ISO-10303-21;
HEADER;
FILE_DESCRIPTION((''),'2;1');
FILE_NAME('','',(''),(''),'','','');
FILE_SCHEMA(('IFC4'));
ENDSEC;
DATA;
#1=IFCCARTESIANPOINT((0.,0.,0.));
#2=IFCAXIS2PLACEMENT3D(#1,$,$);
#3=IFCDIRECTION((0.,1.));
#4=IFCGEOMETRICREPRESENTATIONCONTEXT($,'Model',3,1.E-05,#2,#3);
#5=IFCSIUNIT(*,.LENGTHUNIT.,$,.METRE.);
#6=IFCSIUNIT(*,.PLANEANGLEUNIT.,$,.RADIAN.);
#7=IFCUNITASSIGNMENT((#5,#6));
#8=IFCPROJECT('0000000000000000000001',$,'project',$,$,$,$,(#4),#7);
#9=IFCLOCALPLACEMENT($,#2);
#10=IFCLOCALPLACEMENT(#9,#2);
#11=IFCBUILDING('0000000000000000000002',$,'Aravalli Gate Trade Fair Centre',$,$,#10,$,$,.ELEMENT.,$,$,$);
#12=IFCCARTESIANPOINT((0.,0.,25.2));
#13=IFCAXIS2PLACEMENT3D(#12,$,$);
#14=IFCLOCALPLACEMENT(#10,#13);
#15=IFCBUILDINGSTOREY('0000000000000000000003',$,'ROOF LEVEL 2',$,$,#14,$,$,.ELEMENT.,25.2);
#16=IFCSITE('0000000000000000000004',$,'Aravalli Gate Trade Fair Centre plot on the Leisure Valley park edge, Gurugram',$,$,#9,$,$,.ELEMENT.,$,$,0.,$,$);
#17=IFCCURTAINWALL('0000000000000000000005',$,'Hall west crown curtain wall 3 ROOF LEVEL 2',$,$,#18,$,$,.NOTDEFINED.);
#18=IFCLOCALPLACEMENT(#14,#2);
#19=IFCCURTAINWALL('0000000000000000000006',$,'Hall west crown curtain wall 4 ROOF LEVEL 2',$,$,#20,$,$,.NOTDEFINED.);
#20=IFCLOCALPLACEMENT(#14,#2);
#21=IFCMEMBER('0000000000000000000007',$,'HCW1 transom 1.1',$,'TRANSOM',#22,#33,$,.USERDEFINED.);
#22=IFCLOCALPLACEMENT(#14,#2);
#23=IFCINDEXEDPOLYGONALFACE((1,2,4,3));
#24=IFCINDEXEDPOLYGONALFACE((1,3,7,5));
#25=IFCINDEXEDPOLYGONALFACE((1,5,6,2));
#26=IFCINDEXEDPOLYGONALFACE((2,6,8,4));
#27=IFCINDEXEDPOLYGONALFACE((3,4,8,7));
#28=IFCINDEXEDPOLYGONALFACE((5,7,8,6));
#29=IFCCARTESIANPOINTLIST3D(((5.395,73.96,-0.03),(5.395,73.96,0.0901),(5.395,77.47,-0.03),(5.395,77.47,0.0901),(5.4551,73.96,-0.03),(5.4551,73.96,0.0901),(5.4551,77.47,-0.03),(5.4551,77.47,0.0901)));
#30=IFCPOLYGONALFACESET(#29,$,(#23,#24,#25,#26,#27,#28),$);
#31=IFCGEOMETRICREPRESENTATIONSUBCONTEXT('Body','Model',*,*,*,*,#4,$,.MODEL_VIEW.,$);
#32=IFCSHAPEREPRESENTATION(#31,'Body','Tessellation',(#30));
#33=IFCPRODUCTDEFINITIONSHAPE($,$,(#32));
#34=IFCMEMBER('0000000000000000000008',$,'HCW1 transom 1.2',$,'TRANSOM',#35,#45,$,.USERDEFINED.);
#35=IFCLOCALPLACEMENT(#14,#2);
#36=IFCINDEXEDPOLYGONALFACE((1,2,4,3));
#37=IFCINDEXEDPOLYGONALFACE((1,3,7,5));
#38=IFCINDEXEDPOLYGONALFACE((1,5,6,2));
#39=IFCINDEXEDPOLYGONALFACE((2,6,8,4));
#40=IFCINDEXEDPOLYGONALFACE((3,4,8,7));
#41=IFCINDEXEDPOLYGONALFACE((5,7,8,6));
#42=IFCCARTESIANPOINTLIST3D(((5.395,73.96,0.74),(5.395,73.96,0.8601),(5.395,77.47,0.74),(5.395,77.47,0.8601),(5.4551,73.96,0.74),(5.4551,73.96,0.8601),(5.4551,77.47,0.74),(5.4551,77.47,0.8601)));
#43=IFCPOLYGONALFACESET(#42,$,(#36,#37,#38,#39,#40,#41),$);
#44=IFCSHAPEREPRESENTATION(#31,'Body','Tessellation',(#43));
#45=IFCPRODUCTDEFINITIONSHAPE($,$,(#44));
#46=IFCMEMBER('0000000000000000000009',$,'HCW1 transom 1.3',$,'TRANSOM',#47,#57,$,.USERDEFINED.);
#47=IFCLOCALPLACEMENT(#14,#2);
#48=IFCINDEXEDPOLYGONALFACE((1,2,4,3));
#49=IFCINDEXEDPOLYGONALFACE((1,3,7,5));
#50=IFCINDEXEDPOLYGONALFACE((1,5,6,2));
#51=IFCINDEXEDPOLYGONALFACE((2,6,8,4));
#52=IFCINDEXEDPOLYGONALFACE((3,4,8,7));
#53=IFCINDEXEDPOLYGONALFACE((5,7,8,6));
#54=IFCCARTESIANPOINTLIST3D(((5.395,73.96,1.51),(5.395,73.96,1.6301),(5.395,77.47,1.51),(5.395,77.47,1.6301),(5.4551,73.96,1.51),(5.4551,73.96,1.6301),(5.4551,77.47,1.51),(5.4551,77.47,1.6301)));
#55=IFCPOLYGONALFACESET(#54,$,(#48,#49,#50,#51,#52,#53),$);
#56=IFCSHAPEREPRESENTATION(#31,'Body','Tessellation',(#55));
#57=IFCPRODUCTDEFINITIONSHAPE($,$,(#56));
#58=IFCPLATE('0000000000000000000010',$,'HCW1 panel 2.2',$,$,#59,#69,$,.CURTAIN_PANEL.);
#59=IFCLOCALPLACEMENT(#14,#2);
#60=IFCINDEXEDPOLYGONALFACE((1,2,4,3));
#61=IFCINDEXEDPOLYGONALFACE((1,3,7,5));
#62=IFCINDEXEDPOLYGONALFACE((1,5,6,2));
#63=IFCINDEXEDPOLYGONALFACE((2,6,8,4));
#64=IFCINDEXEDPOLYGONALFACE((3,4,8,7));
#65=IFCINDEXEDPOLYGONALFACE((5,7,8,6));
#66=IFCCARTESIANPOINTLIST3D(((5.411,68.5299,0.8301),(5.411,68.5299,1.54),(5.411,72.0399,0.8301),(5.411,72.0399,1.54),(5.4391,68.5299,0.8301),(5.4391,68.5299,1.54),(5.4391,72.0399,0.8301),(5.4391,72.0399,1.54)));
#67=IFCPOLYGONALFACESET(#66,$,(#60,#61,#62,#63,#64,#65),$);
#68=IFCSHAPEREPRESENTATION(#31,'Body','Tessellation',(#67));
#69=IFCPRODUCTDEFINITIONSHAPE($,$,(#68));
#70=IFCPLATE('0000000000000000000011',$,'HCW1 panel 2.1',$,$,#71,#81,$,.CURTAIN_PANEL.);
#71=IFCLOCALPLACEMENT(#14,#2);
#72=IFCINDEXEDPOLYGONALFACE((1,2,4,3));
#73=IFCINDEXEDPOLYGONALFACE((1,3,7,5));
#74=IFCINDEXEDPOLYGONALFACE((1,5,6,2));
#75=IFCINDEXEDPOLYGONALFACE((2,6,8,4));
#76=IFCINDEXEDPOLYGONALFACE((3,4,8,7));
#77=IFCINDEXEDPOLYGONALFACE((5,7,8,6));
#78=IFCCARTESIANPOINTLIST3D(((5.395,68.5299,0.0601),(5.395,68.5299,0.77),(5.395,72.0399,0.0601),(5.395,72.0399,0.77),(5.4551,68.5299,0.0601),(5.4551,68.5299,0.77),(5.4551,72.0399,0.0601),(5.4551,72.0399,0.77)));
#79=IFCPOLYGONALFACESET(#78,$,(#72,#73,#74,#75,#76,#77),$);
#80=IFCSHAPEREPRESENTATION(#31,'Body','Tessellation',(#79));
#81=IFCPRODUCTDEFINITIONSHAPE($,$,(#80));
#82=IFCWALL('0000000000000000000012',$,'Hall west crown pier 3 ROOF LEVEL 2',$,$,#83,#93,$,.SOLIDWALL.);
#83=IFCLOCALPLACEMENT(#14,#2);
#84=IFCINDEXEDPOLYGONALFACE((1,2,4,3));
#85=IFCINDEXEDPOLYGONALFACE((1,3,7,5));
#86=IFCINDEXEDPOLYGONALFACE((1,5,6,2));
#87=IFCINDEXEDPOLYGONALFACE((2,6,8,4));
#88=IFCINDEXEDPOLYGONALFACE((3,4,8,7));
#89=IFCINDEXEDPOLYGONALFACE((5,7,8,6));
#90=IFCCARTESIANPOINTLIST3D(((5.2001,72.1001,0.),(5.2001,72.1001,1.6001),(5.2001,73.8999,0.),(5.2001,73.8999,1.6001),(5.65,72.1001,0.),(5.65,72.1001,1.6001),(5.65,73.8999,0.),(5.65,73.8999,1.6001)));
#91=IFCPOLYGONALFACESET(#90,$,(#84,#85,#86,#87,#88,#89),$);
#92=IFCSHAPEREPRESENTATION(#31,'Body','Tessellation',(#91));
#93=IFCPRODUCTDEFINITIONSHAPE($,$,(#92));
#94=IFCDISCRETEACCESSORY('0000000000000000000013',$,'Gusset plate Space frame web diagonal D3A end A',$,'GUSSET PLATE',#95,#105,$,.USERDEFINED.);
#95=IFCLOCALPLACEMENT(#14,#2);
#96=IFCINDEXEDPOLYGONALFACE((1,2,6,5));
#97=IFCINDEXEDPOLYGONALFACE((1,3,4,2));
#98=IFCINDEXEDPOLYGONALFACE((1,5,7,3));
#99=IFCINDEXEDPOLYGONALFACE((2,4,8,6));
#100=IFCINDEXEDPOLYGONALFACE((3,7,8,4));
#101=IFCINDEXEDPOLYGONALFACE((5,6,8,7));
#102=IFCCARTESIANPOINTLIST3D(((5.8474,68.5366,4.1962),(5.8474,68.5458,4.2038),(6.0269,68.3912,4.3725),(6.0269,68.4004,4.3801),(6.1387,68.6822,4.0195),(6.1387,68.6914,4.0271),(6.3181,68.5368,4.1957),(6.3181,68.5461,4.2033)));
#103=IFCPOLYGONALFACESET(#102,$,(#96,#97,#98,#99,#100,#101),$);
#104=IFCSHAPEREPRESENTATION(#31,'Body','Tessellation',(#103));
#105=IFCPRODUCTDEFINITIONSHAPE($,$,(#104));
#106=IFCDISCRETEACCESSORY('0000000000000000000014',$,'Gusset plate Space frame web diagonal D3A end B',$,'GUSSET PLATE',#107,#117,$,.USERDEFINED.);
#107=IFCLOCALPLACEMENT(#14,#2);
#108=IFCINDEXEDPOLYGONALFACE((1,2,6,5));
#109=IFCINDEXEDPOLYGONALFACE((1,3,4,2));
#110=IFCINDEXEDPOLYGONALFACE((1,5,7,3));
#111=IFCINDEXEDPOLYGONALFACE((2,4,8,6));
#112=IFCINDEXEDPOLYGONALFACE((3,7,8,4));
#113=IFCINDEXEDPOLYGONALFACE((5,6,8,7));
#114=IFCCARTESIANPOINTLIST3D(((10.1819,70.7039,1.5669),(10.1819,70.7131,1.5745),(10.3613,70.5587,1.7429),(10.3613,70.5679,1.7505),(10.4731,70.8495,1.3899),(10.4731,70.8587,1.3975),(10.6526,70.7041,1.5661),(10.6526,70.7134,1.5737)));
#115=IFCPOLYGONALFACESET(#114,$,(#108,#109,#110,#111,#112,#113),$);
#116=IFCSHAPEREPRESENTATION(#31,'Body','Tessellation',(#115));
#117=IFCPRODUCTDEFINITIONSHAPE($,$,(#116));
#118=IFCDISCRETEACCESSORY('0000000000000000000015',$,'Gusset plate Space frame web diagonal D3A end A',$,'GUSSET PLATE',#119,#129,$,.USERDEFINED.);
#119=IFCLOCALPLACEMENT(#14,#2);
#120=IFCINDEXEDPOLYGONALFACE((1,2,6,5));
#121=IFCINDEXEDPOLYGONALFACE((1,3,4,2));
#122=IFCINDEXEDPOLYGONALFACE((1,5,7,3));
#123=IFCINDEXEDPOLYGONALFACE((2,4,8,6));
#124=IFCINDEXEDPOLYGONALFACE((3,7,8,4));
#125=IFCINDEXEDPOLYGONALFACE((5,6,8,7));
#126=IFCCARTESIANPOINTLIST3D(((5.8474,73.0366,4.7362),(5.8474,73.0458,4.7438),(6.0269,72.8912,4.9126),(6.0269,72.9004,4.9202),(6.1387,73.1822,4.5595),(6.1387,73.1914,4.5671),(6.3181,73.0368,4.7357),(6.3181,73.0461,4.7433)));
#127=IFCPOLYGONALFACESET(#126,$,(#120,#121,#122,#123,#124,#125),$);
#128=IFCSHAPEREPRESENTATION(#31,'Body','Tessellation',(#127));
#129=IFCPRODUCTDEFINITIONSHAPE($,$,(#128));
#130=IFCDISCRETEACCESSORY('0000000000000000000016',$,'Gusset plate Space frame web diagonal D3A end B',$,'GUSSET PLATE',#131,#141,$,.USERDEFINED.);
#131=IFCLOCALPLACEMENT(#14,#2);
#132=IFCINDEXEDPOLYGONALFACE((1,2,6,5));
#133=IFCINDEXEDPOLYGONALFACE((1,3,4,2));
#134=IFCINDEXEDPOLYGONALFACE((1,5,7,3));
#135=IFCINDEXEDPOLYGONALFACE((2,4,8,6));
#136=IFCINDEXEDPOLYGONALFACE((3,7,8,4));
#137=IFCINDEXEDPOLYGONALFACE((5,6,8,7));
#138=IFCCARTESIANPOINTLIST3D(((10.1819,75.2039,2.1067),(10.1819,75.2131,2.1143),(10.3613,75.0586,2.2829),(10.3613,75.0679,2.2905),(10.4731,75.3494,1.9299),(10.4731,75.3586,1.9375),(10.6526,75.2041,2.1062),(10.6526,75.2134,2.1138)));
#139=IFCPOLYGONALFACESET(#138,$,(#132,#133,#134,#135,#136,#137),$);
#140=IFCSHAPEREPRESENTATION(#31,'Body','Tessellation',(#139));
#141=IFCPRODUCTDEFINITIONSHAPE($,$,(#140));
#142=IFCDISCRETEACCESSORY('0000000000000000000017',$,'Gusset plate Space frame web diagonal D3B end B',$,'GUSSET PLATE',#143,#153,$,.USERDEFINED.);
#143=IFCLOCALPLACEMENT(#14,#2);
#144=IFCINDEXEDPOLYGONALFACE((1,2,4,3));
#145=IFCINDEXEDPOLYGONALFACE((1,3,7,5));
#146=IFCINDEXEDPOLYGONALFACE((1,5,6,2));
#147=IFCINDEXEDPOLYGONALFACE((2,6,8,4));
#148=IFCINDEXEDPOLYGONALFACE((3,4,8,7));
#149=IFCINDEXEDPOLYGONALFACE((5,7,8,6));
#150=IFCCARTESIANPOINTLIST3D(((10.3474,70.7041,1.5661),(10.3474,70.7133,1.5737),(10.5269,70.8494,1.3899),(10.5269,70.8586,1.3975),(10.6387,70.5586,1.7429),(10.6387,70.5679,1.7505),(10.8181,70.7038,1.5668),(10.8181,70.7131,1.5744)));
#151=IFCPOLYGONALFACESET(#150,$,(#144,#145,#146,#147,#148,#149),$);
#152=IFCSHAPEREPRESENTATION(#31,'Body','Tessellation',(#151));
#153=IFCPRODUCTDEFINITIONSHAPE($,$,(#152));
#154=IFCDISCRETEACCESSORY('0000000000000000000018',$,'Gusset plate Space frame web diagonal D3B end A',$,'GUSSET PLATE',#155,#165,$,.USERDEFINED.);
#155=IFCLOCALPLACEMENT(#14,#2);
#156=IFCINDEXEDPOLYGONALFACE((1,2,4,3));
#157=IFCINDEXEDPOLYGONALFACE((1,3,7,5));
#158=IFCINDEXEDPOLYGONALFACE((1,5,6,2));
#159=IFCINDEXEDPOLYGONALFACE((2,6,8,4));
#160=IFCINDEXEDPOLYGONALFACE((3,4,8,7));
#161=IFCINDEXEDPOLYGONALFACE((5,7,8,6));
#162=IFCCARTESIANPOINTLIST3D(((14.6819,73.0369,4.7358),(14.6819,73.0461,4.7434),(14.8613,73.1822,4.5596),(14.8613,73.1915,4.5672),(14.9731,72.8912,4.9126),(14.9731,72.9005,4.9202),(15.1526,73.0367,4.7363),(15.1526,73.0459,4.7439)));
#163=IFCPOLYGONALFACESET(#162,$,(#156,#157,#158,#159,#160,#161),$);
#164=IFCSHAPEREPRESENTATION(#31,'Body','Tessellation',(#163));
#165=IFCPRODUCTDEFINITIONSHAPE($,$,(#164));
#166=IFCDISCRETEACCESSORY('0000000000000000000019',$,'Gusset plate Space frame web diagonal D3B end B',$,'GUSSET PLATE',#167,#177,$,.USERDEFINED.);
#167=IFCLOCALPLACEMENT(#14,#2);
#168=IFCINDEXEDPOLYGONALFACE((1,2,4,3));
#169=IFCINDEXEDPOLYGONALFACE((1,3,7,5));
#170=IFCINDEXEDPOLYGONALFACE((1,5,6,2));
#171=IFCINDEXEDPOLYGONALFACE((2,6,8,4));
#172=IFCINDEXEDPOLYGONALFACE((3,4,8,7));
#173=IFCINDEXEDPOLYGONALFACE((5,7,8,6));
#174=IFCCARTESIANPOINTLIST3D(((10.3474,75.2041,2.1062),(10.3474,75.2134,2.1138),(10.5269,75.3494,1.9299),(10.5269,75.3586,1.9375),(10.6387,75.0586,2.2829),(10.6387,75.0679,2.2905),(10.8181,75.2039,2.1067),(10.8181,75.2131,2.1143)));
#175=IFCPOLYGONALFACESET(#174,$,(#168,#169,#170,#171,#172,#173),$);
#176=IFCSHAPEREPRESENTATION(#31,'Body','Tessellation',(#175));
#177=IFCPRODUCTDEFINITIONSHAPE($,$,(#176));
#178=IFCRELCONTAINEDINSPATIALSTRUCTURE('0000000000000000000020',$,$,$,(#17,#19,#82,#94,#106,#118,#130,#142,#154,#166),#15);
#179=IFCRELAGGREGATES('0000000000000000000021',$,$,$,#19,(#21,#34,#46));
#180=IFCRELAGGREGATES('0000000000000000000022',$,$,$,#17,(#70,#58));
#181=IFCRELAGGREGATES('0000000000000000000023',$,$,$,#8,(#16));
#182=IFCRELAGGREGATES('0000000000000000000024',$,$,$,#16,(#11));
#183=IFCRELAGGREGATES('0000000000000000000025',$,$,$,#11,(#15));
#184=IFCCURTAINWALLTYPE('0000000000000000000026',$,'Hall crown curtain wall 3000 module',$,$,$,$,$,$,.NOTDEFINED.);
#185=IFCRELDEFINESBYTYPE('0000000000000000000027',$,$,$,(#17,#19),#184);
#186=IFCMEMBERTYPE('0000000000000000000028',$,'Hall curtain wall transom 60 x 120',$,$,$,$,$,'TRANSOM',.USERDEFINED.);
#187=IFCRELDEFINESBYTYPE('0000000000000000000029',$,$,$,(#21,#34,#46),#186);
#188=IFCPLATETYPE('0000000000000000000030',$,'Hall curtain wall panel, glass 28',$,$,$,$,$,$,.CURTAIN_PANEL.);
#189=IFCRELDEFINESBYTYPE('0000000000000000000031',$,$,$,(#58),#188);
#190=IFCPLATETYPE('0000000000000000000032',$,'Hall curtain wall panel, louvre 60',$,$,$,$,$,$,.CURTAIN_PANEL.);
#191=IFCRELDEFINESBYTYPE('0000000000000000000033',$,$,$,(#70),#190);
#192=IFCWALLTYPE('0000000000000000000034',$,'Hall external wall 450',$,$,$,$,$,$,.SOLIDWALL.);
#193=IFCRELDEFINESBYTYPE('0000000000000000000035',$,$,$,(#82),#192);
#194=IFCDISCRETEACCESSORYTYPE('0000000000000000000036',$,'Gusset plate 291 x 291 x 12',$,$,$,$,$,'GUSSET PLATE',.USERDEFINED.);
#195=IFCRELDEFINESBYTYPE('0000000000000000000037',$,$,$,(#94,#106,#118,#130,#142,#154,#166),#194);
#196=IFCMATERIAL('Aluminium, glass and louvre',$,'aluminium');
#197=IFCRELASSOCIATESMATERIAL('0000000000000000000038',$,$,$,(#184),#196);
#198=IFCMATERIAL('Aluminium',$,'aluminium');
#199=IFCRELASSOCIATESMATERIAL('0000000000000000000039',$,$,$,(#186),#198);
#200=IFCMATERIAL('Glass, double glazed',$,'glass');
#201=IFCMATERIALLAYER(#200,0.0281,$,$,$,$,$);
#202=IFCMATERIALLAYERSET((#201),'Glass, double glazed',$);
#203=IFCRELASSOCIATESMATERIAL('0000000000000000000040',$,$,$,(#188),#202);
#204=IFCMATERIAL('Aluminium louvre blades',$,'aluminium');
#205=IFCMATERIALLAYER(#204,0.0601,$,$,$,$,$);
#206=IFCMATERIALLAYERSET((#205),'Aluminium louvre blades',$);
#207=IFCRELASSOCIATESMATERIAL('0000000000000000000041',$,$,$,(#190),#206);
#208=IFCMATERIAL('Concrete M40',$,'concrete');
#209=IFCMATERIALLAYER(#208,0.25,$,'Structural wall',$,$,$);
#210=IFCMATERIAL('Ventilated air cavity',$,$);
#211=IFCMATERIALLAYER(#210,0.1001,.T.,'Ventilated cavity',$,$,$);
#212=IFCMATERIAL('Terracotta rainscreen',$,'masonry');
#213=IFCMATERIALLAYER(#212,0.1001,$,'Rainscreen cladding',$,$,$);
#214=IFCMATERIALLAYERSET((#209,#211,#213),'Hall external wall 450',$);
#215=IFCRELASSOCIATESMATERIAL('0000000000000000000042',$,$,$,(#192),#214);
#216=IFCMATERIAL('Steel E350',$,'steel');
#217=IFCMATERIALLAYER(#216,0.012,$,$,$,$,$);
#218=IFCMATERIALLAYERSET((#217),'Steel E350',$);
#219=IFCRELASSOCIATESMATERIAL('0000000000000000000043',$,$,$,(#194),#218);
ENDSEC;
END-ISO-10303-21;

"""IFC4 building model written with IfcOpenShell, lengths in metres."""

from ifc_helpers import new_model, si_unit, direction, frame, frame_2d, origin, origin_2d, place, context, subcontext, project, spatial, polyline, rectangle, outline, extrude, material, layer, layer_set, material_profile, profile_set, type_object, element, aggregate, save


model = new_model("IFC4")

# Units and contexts
model_context = context("Model", 3, precision=1e-05, world=origin(), true_north=direction((0.0, 1.0)))
body_context = subcontext(model_context, "Body", "Model", "MODEL_VIEW")
ifc_project = project(units=[si_unit("LENGTHUNIT", "METRE"), si_unit("PLANEANGLEUNIT", "RADIAN")], contexts=[model_context])

# Site, building, storey
site_placement = place(None, origin())
site = spatial("IfcSite", under=ifc_project, at=site_placement, Name="Aravalli Gate Trade Fair Centre plot on the Leisure Valley park edge, Gurugram", CompositionType="ELEMENT", RefElevation=0.0)
building_placement = place(site_placement, origin())
building = spatial("IfcBuilding", under=site, at=building_placement, Name="Aravalli Gate Trade Fair Centre", CompositionType="ELEMENT")
storey_placement = place(building_placement, frame((0.0, 0.0, 25.2)))
storey = spatial("IfcBuildingStorey", under=building, at=storey_placement, Name="ROOF LEVEL 2", CompositionType="ELEMENT", Elevation=25.2)

# Shared definitions
ifc_material_1 = material(Name="Steel E350", Category="steel")

# Curtain wall
ifc_material_2 = material(Name="Aluminium, glass and louvre", Category="aluminium")
curtain_wall_type = type_object("IfcCurtainWallType", Name="Hall crown curtain wall 3000 module", PredefinedType="NOTDEFINED", material=ifc_material_2)
curtain_wall_1_placement = place(storey_placement, origin())
curtain_wall_1 = element("IfcCurtainWall", 1, at=curtain_wall_1_placement, inside=storey, type_object=curtain_wall_type, Name="Hall west crown curtain wall 3 ROOF LEVEL 2", PredefinedType="NOTDEFINED")
ifc_material_3 = material(Name="Aluminium", Category="aluminium")

# Curtain wall, members
curtain_wall_2_placement = place(storey_placement, origin())
curtain_wall_2 = element("IfcCurtainWall", 2, at=curtain_wall_2_placement, inside=storey, type_object=curtain_wall_type, Name="Hall west crown curtain wall 4 ROOF LEVEL 2", PredefinedType="NOTDEFINED")
ifc_material_profile_1 = material_profile(ifc_material_3, rectangle(XDim=0.0601, YDim=0.1201, at=origin_2d()), Name="Hall curtain wall transom 60 x 120")
ifc_profile_set_1 = profile_set([ifc_material_profile_1], Name="Aluminium")
member_type_1 = type_object("IfcMemberType", Name="Hall curtain wall transom 60 x 120", ElementType="TRANSOM", PredefinedType="USERDEFINED", material=ifc_profile_set_1)
member_1_placement = place(storey_placement, frame((5.425, 73.96, 0.03), z_axis=(0.0, 1.0, 0.0), x_axis=(-1.0, 0.0, 0.0)))
member_1 = element("IfcMember", 3, at=member_1_placement, type_object=member_type_1, Name="HCW1 transom 1.1", ObjectType="TRANSOM", PredefinedType="USERDEFINED", context=body_context, shape_type="SweptSolid", body=[
    extrude(rectangle(XDim=0.0601, YDim=0.1201, at=origin_2d()), origin(), (0.0, 0.0, 1.0), 3.51),
])
member_2_placement = place(storey_placement, frame((5.425, 73.96, 0.8), z_axis=(0.0, 1.0, 0.0), x_axis=(-1.0, 0.0, 0.0)))
member_2 = element("IfcMember", 4, at=member_2_placement, type_object=member_type_1, Name="HCW1 transom 1.2", ObjectType="TRANSOM", PredefinedType="USERDEFINED", context=body_context, shape_type="SweptSolid", body=[
    extrude(rectangle(XDim=0.0601, YDim=0.1201, at=origin_2d()), origin(), (0.0, 0.0, 1.0), 3.51),
])
member_3_placement = place(storey_placement, frame((5.425, 73.96, 1.5701), z_axis=(0.0, 1.0, 0.0), x_axis=(-1.0, 0.0, 0.0)))
member_3 = element("IfcMember", 5, at=member_3_placement, type_object=member_type_1, Name="HCW1 transom 1.3", ObjectType="TRANSOM", PredefinedType="USERDEFINED", context=body_context, shape_type="SweptSolid", body=[
    extrude(rectangle(XDim=0.0601, YDim=0.1201, at=origin_2d()), origin(), (0.0, 0.0, 1.0), 3.51),
])
aggregate(curtain_wall_2, [member_1, member_2, member_3])

# Plates
ifc_material_4 = material(Name="Glass, double glazed", Category="glass")
ifc_layer_1 = layer(ifc_material_4, 0.0281)
ifc_layer_set_1 = layer_set([ifc_layer_1], Name="Glass, double glazed")
plate_type_1 = type_object("IfcPlateType", Name="Hall curtain wall panel, glass 28", PredefinedType="CURTAIN_PANEL", material=ifc_layer_set_1)
plate_1_placement = place(storey_placement, frame((5.425, 70.2849, 0.8301), z_axis=(0.0, 0.0, 1.0), x_axis=(0.0, 1.0, 0.0)))
plate_1 = element("IfcPlate", 6, at=plate_1_placement, type_object=plate_type_1, Name="HCW1 panel 2.2", PredefinedType="CURTAIN_PANEL", context=body_context, shape_type="SweptSolid", body=[
    extrude(rectangle(XDim=3.51, YDim=0.0281, at=origin_2d()), origin(), (0.0, 0.0, 1.0), 0.71),
])
ifc_material_5 = material(Name="Aluminium louvre blades", Category="aluminium")
ifc_layer_2 = layer(ifc_material_5, 0.0601)
ifc_layer_set_2 = layer_set([ifc_layer_2], Name="Aluminium louvre blades")
plate_type_2 = type_object("IfcPlateType", Name="Hall curtain wall panel, louvre 60", PredefinedType="CURTAIN_PANEL", material=ifc_layer_set_2)
plate_2_placement = place(storey_placement, frame((5.425, 70.2849, 0.0601), z_axis=(0.0, 0.0, 1.0), x_axis=(0.0, 1.0, 0.0)))
plate_2 = element("IfcPlate", 7, at=plate_2_placement, type_object=plate_type_2, Name="HCW1 panel 2.1", PredefinedType="CURTAIN_PANEL", context=body_context, shape_type="SweptSolid", body=[
    extrude(rectangle(XDim=3.51, YDim=0.0601, at=origin_2d()), origin(), (0.0, 0.0, 1.0), 0.71),
])
aggregate(curtain_wall_1, [plate_2, plate_1])

# Wall
ifc_material_6 = material(Name="Concrete M40", Category="concrete")
ifc_layer_3 = layer(ifc_material_6, 0.25, Name="Structural wall")
ifc_material_7 = material(Name="Ventilated air cavity")
ifc_layer_4 = layer(ifc_material_7, 0.1001, ventilated=True, Name="Ventilated cavity")
ifc_material_8 = material(Name="Terracotta rainscreen", Category="masonry")
ifc_layer_5 = layer(ifc_material_8, 0.1001, Name="Rainscreen cladding")
ifc_layer_set_3 = layer_set([ifc_layer_3, ifc_layer_4, ifc_layer_5], Name="Hall external wall 450")
wall_type = type_object("IfcWallType", Name="Hall external wall 450", PredefinedType="SOLIDWALL", material=ifc_layer_set_3)
wall_placement = place(storey_placement, frame((5.425, 72.1001, 0.0), z_axis=(0.0, 0.0, 1.0), x_axis=(0.0, 1.0, 0.0)))
element("IfcWall", 8, at=wall_placement, inside=storey, type_object=wall_type, Name="Hall west crown pier 3 ROOF LEVEL 2", PredefinedType="SOLIDWALL", context=body_context, shape_type="SweptSolid", body=[
    extrude(rectangle(XDim=1.7998, YDim=0.45, at=frame_2d((0.8999, 0.0))), origin(), (0.0, 0.0, 1.0), 1.6001),
])

# Discrete accessories
ifc_layer_6 = layer(ifc_material_1, 0.012)
ifc_layer_set_4 = layer_set([ifc_layer_6], Name="Steel E350")
discrete_accessory_type = type_object("IfcDiscreteAccessoryType", Name="Gusset plate 291 x 291 x 12", ElementType="GUSSET PLATE", PredefinedType="USERDEFINED", material=ifc_layer_set_4)
discrete_accessory_1_placement = place(storey_placement, frame((6.1387, 68.6914, 4.0271), z_axis=(0.00026, 0.771582, 0.63613), x_axis=(-0.78619, -0.392962, 0.476956)))
element("IfcDiscreteAccessory", 9, at=discrete_accessory_1_placement, inside=storey, type_object=discrete_accessory_type, Name="Gusset plate Space frame web diagonal D3A end A", ObjectType="GUSSET PLATE", PredefinedType="USERDEFINED", context=body_context, shape_type="SweptSolid", body=[
    extrude(outline(polyline([(0.0, 0.0), (0.3705, 0.0), (0.3706, 0.2906), (0.0001, 0.2905), (0.0, 0.0)])), origin(), (0.0, 0.0, -1.0), 0.012),
])
discrete_accessory_2_placement = place(storey_placement, frame((10.1819, 70.7131, 1.5745), z_axis=(0.000589, 0.771792, 0.635874), x_axis=(0.785943, 0.392803, -0.477493)))
element("IfcDiscreteAccessory", 10, at=discrete_accessory_2_placement, inside=storey, type_object=discrete_accessory_type, Name="Gusset plate Space frame web diagonal D3A end B", ObjectType="GUSSET PLATE", PredefinedType="USERDEFINED", context=body_context, shape_type="SweptSolid", body=[
    extrude(outline(polyline([(0.0, 0.0), (0.3706, 0.0), (0.3704, -0.2905), (-0.0001, -0.2903), (0.0, 0.0)])), origin(), (0.0, 0.0, -1.0), 0.012),
])
discrete_accessory_3_placement = place(storey_placement, frame((6.1387, 73.1914, 4.5671), z_axis=(0.00026, 0.771582, 0.63613), x_axis=(-0.78619, -0.392962, 0.476956)))
element("IfcDiscreteAccessory", 11, at=discrete_accessory_3_placement, inside=storey, type_object=discrete_accessory_type, Name="Gusset plate Space frame web diagonal D3A end A", ObjectType="GUSSET PLATE", PredefinedType="USERDEFINED", context=body_context, shape_type="SweptSolid", body=[
    extrude(outline(polyline([(0.0, 0.0), (0.3705, 0.0), (0.3706, 0.2906), (0.0001, 0.2905), (0.0, 0.0)])), origin(), (0.0, 0.0, -1.0), 0.012),
])
discrete_accessory_4_placement = place(storey_placement, frame((10.1819, 75.2131, 2.1143), z_axis=(0.000259, 0.771844, 0.635812), x_axis=(0.78619, 0.392765, -0.477118)))
element("IfcDiscreteAccessory", 12, at=discrete_accessory_4_placement, inside=storey, type_object=discrete_accessory_type, Name="Gusset plate Space frame web diagonal D3A end B", ObjectType="GUSSET PLATE", PredefinedType="USERDEFINED", context=body_context, shape_type="SweptSolid", body=[
    extrude(outline(polyline([(0.0, 0.0), (0.3705, 0.0), (0.3704, -0.2905), (-0.0001, -0.2905), (0.0, 0.0)])), origin(), (0.0, 0.0, -1.0), 0.012),
])
discrete_accessory_5_placement = place(storey_placement, frame((10.6387, 70.5679, 1.7505), z_axis=(-0.000589, 0.771792, 0.635874), x_axis=(-0.78619, 0.392604, -0.477251)))
element("IfcDiscreteAccessory", 13, at=discrete_accessory_5_placement, inside=storey, type_object=discrete_accessory_type, Name="Gusset plate Space frame web diagonal D3B end B", ObjectType="GUSSET PLATE", PredefinedType="USERDEFINED", context=body_context, shape_type="SweptSolid", body=[
    extrude(outline(polyline([(0.0, 0.0), (0.3705, 0.0), (0.3705, -0.2905), (0.0, -0.2903), (0.0, 0.0)])), origin(), (0.0, 0.0, -1.0), 0.012),
])
discrete_accessory_6_placement = place(storey_placement, frame((14.6819, 73.0461, 4.7434), z_axis=(-0.00026, 0.771582, 0.63613), x_axis=(0.785986, -0.393126, 0.477156)))
element("IfcDiscreteAccessory", 14, at=discrete_accessory_6_placement, inside=storey, type_object=discrete_accessory_type, Name="Gusset plate Space frame web diagonal D3B end A", ObjectType="GUSSET PLATE", PredefinedType="USERDEFINED", context=body_context, shape_type="SweptSolid", body=[
    extrude(outline(polyline([(0.0, 0.0), (0.3706, 0.0), (0.3703, 0.2906), (-0.0002, 0.2905), (0.0, 0.0)])), origin(), (0.0, 0.0, -1.0), 0.012),
])
discrete_accessory_7_placement = place(storey_placement, frame((10.6387, 75.0679, 2.2905), z_axis=(-0.000259, 0.771844, 0.635812), x_axis=(-0.78619, 0.392765, -0.477118)))
element("IfcDiscreteAccessory", 15, at=discrete_accessory_7_placement, inside=storey, type_object=discrete_accessory_type, Name="Gusset plate Space frame web diagonal D3B end B", ObjectType="GUSSET PLATE", PredefinedType="USERDEFINED", context=body_context, shape_type="SweptSolid", body=[
    extrude(outline(polyline([(0.0, 0.0), (0.3705, 0.0), (0.3705, -0.2905), (0.0001, -0.2905), (0.0, 0.0)])), origin(), (0.0, 0.0, -1.0), 0.012),
])

save(model, "model.ifc")
